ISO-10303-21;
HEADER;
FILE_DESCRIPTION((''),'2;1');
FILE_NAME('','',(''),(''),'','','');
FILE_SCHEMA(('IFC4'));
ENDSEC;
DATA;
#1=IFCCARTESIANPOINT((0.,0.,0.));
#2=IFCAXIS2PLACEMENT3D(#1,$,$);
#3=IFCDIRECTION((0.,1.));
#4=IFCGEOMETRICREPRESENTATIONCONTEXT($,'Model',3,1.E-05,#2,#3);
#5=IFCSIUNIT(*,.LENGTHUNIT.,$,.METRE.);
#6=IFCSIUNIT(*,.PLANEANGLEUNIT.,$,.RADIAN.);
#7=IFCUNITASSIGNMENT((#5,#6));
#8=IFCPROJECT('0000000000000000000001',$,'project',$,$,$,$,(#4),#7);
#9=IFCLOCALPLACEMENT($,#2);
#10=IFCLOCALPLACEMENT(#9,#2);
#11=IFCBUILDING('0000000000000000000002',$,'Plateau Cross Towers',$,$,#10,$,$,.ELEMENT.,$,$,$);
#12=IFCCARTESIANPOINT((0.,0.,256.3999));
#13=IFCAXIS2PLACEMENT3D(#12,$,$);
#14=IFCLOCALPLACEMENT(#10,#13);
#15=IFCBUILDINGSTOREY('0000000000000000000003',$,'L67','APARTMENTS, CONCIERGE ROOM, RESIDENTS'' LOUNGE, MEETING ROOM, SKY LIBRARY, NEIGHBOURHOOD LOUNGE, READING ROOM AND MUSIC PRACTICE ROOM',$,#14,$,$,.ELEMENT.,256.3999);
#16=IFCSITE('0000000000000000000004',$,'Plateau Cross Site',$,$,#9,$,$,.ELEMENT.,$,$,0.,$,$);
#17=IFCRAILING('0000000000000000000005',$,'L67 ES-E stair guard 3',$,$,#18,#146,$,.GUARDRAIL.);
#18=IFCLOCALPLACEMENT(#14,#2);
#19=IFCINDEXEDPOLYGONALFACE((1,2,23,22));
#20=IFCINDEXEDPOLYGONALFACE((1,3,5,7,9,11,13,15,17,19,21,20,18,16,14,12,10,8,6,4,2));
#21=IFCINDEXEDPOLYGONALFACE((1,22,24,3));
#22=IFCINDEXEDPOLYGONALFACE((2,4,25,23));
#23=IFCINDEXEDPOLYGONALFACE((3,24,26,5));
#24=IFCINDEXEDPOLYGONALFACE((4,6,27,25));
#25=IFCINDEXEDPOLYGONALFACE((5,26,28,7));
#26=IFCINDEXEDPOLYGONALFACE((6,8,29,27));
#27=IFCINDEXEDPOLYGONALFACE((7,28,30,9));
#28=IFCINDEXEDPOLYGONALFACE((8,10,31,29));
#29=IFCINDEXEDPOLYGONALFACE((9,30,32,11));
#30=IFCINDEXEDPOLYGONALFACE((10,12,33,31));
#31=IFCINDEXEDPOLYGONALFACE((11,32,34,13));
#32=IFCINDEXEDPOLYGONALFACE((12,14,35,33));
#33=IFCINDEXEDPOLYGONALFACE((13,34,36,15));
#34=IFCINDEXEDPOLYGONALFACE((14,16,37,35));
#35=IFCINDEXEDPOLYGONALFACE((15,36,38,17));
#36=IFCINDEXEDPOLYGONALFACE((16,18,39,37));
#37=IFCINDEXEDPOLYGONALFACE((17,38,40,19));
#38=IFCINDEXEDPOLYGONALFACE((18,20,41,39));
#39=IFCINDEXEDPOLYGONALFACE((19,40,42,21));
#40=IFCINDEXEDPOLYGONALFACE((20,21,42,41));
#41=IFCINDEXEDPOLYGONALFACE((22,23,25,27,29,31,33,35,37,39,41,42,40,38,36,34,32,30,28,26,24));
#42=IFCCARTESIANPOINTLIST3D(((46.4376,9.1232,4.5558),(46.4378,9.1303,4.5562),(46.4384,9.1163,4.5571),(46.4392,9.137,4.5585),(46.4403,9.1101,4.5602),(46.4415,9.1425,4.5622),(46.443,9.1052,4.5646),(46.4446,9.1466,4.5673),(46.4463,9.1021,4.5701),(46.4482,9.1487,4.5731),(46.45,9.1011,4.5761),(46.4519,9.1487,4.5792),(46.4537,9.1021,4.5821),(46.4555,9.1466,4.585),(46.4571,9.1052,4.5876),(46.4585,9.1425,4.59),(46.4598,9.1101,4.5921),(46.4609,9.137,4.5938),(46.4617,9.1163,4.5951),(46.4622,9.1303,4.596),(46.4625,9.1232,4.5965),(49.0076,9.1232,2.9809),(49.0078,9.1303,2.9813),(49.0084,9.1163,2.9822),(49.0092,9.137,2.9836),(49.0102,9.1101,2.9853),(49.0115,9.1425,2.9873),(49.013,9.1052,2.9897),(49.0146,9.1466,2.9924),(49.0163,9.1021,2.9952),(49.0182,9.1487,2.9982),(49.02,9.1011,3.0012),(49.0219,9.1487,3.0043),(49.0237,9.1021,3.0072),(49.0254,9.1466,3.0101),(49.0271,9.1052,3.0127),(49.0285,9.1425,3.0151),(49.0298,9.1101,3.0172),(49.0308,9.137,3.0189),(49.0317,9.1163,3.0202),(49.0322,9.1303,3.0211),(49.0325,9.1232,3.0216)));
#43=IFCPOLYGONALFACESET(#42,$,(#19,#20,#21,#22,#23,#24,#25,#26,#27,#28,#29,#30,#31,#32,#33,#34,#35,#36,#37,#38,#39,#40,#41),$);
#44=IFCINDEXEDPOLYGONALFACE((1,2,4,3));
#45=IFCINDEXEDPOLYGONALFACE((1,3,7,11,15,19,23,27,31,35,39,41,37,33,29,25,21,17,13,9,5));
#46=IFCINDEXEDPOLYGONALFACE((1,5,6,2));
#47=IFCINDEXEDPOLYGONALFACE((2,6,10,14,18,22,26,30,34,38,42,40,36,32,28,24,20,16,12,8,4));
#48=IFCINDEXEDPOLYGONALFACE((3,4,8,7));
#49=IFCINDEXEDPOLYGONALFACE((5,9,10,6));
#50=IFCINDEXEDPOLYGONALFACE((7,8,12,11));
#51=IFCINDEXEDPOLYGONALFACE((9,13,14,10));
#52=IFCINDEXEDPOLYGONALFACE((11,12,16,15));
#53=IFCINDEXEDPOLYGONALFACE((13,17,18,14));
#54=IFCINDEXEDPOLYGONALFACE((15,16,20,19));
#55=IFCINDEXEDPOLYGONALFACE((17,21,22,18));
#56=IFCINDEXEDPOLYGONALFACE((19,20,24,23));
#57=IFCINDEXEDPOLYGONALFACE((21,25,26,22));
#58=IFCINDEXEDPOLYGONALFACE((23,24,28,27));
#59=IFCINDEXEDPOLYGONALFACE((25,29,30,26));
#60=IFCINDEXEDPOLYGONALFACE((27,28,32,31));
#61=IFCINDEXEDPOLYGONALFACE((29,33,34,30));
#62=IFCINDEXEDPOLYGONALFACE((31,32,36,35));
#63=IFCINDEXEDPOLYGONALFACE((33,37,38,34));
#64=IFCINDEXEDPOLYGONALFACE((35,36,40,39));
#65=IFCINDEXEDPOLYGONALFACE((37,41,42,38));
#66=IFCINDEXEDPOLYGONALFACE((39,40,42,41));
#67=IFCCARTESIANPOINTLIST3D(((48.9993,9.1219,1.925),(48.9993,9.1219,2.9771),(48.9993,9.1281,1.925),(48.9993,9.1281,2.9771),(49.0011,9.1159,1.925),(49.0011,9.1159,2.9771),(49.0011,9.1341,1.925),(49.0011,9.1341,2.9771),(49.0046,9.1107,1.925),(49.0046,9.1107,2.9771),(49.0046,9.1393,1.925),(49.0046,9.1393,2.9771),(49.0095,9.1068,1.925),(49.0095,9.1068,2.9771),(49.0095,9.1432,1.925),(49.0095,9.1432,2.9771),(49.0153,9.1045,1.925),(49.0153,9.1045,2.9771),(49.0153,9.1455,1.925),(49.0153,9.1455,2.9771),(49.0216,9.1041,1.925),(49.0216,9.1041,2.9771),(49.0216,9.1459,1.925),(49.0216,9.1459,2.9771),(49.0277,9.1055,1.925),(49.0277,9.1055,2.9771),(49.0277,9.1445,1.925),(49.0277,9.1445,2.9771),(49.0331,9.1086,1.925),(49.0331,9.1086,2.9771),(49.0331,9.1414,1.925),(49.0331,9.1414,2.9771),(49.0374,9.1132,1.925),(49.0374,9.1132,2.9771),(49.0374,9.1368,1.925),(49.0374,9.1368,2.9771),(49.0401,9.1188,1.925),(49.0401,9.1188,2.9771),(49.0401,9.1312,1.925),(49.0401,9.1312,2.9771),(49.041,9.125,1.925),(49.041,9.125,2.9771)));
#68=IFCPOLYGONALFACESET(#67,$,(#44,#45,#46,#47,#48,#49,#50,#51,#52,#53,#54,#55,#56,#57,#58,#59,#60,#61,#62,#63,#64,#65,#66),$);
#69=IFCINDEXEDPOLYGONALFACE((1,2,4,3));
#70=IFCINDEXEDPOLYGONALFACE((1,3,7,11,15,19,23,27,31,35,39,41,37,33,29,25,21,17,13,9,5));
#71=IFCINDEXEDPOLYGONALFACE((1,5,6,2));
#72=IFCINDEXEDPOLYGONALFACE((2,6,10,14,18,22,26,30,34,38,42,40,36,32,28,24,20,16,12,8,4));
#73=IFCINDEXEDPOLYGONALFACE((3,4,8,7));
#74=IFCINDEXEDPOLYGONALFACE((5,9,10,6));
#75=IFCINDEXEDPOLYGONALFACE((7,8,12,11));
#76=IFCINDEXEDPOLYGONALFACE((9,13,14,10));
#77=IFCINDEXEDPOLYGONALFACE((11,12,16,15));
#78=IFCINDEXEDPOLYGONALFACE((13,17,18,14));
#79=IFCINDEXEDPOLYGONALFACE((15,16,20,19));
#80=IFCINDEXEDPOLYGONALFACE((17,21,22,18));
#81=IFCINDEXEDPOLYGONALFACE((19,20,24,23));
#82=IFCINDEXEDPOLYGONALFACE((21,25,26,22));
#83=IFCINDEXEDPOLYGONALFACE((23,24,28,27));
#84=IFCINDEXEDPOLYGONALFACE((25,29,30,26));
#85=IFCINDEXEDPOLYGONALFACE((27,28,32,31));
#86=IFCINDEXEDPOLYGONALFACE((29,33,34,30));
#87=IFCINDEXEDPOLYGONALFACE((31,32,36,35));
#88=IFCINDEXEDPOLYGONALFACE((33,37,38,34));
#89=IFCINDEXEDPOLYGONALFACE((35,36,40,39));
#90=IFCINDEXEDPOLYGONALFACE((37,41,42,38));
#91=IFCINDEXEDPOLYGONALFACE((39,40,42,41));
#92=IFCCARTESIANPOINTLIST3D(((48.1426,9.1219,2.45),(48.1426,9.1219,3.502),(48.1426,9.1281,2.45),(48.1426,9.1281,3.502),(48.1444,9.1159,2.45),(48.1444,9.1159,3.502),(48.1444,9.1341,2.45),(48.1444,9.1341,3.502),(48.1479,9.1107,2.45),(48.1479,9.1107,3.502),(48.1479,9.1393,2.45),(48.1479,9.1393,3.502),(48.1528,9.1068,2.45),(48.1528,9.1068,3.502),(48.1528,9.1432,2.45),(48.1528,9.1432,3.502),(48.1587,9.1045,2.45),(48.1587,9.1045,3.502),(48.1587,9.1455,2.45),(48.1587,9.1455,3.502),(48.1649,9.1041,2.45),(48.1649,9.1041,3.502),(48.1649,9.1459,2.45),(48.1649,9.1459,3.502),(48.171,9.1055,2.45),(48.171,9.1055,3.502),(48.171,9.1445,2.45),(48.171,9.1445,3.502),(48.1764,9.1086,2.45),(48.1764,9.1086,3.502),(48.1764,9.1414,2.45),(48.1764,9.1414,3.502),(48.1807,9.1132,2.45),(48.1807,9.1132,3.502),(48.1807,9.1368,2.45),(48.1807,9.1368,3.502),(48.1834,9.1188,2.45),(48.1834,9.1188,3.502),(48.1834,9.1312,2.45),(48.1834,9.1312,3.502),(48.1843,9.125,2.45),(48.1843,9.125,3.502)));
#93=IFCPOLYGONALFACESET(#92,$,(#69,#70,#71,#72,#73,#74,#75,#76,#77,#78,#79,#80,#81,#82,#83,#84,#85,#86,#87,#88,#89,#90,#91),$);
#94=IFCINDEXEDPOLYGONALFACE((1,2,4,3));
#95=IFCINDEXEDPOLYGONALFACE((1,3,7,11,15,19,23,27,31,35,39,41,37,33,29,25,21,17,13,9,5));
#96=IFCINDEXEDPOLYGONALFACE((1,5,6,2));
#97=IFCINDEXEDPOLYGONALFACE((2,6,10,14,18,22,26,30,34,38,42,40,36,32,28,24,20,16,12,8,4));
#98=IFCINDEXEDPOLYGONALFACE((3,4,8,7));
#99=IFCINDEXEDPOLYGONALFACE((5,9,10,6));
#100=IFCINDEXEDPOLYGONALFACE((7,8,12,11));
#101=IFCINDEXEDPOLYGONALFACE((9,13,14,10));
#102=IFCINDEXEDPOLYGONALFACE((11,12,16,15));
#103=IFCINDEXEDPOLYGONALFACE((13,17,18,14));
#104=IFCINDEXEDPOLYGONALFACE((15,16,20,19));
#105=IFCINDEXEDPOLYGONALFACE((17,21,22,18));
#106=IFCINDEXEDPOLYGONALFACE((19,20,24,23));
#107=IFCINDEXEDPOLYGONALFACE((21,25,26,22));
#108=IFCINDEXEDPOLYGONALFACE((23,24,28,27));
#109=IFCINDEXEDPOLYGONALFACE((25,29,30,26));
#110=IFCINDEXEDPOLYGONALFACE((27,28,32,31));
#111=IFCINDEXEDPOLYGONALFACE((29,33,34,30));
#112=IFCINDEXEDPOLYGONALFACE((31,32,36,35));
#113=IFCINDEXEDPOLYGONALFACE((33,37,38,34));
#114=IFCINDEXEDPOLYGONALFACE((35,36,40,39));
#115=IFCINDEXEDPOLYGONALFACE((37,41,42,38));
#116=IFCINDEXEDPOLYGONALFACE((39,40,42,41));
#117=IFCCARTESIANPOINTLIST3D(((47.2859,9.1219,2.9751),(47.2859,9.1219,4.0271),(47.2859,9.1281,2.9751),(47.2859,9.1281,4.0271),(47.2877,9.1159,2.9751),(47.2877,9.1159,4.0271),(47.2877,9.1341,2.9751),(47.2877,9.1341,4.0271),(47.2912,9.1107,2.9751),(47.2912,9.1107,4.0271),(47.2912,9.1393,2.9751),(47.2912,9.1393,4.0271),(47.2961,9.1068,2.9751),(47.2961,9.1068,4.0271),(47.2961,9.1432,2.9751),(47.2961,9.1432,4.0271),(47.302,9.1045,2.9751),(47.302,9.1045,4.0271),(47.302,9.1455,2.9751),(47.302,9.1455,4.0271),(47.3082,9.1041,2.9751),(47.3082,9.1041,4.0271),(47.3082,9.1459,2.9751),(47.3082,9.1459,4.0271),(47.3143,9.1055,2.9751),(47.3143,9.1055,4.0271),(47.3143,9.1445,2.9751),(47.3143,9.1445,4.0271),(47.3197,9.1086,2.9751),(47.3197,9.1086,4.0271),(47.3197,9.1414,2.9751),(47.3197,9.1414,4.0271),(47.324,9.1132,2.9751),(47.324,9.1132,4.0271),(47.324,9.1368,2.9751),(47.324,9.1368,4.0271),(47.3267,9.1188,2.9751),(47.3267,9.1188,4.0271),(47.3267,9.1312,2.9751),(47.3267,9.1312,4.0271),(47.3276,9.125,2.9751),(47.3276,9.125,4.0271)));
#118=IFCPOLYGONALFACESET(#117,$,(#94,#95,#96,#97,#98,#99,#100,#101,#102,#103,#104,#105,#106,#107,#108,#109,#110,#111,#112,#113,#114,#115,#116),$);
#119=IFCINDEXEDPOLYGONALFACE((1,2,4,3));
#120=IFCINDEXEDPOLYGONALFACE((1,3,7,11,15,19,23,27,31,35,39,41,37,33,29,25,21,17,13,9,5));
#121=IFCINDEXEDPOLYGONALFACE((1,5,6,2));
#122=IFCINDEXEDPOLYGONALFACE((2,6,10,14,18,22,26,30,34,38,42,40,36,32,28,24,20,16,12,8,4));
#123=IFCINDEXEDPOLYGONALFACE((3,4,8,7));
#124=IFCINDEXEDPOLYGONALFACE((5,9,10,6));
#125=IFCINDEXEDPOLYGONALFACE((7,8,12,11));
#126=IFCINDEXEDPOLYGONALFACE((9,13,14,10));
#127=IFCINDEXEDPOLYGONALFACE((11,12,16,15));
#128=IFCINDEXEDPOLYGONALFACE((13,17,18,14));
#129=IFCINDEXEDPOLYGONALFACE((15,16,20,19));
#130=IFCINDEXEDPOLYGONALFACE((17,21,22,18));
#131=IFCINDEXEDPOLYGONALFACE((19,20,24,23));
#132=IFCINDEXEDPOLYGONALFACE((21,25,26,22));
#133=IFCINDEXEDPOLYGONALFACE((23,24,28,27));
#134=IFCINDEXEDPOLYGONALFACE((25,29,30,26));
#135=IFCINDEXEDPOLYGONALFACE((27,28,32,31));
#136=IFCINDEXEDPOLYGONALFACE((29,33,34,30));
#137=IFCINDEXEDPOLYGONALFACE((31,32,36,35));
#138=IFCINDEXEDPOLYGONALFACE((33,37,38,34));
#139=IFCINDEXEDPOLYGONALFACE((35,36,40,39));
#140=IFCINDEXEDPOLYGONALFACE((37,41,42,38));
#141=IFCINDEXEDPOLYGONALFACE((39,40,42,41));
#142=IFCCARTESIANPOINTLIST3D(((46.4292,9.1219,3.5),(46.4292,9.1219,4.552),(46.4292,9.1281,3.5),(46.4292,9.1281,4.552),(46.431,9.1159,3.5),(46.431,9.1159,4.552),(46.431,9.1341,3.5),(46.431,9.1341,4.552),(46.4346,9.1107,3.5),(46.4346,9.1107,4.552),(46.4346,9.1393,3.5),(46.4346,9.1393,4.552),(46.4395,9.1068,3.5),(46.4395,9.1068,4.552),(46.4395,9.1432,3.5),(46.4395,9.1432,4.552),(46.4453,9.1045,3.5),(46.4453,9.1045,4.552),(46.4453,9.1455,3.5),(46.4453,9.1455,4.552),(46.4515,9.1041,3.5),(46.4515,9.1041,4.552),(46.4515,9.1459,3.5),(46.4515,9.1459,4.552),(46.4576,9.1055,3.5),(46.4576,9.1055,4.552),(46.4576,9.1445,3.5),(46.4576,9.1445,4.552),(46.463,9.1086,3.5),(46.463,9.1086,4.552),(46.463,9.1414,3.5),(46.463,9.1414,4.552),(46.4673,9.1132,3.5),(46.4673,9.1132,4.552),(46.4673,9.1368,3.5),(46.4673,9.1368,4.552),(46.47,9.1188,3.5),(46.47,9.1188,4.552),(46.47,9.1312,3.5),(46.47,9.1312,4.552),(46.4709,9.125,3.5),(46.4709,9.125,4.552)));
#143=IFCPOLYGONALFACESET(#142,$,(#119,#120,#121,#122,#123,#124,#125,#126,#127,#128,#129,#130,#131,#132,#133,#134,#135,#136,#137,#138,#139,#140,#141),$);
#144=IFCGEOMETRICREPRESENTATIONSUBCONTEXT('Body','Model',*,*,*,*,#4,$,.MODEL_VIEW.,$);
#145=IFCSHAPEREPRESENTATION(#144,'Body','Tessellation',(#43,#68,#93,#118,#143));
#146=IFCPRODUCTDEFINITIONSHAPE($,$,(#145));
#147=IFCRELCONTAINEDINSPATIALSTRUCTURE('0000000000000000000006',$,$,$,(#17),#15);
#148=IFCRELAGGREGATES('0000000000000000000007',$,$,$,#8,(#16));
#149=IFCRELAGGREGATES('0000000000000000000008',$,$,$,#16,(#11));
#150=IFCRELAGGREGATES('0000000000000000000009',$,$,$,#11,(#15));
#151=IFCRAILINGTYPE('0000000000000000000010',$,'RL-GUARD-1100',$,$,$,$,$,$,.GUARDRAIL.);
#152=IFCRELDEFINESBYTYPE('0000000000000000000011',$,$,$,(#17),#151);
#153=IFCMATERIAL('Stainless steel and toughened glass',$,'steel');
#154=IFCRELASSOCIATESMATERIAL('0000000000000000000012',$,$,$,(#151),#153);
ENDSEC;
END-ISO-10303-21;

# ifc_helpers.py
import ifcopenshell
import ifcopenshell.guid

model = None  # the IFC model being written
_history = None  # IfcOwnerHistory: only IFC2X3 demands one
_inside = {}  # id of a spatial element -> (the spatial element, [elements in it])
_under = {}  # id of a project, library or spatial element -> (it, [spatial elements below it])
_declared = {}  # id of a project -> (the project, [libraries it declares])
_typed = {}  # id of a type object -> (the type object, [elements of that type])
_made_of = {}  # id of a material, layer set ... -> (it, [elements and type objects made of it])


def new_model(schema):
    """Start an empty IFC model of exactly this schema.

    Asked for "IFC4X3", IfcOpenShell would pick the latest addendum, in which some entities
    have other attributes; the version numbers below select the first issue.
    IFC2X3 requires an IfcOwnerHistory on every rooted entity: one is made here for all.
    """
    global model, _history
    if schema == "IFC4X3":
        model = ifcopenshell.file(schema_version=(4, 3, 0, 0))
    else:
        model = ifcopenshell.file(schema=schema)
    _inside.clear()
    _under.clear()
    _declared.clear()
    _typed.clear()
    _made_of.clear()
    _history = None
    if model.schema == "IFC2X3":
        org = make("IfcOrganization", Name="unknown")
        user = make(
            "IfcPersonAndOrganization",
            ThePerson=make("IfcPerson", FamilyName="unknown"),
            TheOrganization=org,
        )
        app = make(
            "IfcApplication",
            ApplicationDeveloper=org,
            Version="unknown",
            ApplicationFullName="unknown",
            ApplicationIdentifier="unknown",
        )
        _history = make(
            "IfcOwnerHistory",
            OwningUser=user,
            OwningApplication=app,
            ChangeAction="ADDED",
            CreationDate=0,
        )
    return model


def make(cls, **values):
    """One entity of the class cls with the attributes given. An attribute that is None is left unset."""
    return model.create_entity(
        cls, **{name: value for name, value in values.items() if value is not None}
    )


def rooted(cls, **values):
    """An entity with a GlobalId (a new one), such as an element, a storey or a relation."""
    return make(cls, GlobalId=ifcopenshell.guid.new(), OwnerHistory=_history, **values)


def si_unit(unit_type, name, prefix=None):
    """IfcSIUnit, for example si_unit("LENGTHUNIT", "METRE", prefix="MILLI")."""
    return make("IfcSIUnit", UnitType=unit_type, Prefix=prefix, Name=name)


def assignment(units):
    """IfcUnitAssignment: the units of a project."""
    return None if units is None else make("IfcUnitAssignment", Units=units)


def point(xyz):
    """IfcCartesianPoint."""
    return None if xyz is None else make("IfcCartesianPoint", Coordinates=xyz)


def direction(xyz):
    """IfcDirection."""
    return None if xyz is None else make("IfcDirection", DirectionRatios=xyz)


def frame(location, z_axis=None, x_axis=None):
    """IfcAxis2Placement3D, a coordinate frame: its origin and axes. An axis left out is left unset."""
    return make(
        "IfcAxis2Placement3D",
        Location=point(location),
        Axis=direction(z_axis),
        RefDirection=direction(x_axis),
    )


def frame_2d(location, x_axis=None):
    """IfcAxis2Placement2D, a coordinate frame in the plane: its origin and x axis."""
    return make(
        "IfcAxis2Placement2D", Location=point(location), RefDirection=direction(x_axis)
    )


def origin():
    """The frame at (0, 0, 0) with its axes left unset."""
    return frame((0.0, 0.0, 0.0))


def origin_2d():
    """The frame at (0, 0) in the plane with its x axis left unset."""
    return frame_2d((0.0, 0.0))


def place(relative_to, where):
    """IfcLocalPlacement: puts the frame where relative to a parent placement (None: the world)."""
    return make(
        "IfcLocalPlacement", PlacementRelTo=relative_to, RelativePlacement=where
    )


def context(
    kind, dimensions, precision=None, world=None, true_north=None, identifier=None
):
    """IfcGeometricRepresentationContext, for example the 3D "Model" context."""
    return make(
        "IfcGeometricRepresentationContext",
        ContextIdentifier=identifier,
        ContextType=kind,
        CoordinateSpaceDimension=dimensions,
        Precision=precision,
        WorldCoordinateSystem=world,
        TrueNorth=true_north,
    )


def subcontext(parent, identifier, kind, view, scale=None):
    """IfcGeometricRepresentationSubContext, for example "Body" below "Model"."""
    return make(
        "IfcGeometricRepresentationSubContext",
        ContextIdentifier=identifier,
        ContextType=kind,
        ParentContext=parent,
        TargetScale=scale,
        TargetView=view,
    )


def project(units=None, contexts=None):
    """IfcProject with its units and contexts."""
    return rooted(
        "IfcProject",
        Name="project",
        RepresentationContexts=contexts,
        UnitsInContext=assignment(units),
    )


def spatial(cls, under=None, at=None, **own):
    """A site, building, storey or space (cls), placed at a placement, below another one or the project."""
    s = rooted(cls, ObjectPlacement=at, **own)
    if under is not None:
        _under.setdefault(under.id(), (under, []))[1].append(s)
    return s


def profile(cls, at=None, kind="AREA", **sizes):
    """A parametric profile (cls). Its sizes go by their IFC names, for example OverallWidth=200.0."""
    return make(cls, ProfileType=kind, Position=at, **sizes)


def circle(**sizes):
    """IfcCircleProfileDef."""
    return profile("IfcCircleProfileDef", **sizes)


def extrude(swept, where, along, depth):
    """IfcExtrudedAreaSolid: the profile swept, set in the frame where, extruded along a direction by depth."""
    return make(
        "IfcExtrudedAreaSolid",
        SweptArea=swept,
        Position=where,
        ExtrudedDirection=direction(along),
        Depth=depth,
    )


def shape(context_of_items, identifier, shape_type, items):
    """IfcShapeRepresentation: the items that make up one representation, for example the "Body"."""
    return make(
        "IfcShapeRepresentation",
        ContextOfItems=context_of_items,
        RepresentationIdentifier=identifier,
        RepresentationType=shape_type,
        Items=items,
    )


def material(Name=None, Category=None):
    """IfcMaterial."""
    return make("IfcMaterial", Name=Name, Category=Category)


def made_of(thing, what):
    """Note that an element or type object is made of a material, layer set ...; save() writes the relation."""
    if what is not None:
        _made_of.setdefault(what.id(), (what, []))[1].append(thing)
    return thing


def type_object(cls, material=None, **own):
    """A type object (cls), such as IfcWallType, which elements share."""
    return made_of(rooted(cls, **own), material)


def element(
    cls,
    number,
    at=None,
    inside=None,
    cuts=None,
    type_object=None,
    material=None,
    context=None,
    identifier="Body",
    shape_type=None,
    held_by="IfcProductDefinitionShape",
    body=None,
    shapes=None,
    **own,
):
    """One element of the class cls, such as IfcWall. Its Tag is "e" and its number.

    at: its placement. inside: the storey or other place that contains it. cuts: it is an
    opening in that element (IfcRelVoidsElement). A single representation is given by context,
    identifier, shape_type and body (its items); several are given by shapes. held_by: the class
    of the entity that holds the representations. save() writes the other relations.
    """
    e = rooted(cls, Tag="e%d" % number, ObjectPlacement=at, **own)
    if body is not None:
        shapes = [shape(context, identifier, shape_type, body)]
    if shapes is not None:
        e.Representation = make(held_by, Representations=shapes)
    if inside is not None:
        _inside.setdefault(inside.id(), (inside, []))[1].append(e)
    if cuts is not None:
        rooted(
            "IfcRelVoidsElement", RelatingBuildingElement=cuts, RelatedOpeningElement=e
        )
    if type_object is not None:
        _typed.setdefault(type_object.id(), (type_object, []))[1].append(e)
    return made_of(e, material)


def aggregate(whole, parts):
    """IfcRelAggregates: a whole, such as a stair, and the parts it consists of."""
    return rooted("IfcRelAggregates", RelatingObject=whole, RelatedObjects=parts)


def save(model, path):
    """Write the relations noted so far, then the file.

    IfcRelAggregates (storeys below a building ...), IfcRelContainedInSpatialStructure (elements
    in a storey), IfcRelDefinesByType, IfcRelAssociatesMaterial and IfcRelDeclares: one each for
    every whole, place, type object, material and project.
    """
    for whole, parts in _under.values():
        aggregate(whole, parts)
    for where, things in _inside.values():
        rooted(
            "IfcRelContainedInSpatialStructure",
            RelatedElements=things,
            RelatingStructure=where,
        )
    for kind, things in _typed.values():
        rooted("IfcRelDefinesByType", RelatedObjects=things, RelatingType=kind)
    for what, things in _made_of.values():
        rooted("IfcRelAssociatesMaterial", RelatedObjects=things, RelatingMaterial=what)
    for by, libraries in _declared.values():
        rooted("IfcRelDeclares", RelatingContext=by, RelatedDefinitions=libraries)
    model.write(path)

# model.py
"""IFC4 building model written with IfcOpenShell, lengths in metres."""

from ifc_helpers import new_model, si_unit, direction, frame, origin, origin_2d, place, context, subcontext, project, spatial, circle, extrude, material, type_object, element, save


model = new_model("IFC4")

# Units and contexts
model_context = context("Model", 3, precision=1e-05, world=origin(), true_north=direction((0.0, 1.0)))
body_context = subcontext(model_context, "Body", "Model", "MODEL_VIEW")
ifc_project = project(units=[si_unit("LENGTHUNIT", "METRE"), si_unit("PLANEANGLEUNIT", "RADIAN")], contexts=[model_context])

# Site, building, storey
site_placement = place(None, origin())
site = spatial("IfcSite", under=ifc_project, at=site_placement, Name="Plateau Cross Site", CompositionType="ELEMENT", RefElevation=0.0)
building_placement = place(site_placement, origin())
building = spatial("IfcBuilding", under=site, at=building_placement, Name="Plateau Cross Towers", CompositionType="ELEMENT")
storey_placement = place(building_placement, frame((0.0, 0.0, 256.3999)))
storey = spatial("IfcBuildingStorey", under=building, at=storey_placement, Name="L67", Description="APARTMENTS, CONCIERGE ROOM, RESIDENTS' LOUNGE, MEETING ROOM, SKY LIBRARY, NEIGHBOURHOOD LOUNGE, READING ROOM AND MUSIC PRACTICE ROOM", CompositionType="ELEMENT", Elevation=256.3999)

# Railing
ifc_material_1 = material(Name="Stainless steel and toughened glass", Category="steel")
railing_type_1 = type_object("IfcRailingType", Name="RL-GUARD-1100", PredefinedType="GUARDRAIL", material=ifc_material_1)
railing_1_placement = place(storey_placement, frame((49.02, 9.125, 1.925)))
element("IfcRailing", 1, at=railing_1_placement, inside=storey, type_object=railing_type_1, Name="L67 ES-E stair guard 3", PredefinedType="GUARDRAIL", context=body_context, shape_type="SweptSolid", body=[
    extrude(circle(Radius=0.0239, at=origin_2d()), frame((0.0, 0.0, 1.0762), z_axis=(-0.852639, 0.0, 0.522501), x_axis=(0.0, -1.0, 0.0)), (0.0, 0.0, 1.0), 3.0142),
    extrude(circle(Radius=0.021, at=origin_2d()), origin(), (0.0, 0.0, 1.0), 1.052),
    extrude(circle(Radius=0.021, at=origin_2d()), frame((-0.8567, 0.0, 0.5249)), (0.0, 0.0, 1.0), 1.052),
    extrude(circle(Radius=0.021, at=origin_2d()), frame((-1.7134, 0.0, 1.05)), (0.0, 0.0, 1.0), 1.052),
    extrude(circle(Radius=0.021, at=origin_2d()), frame((-2.5701, 0.0, 1.575)), (0.0, 0.0, 1.0), 1.052),
])

save(model, "model.ifc")
